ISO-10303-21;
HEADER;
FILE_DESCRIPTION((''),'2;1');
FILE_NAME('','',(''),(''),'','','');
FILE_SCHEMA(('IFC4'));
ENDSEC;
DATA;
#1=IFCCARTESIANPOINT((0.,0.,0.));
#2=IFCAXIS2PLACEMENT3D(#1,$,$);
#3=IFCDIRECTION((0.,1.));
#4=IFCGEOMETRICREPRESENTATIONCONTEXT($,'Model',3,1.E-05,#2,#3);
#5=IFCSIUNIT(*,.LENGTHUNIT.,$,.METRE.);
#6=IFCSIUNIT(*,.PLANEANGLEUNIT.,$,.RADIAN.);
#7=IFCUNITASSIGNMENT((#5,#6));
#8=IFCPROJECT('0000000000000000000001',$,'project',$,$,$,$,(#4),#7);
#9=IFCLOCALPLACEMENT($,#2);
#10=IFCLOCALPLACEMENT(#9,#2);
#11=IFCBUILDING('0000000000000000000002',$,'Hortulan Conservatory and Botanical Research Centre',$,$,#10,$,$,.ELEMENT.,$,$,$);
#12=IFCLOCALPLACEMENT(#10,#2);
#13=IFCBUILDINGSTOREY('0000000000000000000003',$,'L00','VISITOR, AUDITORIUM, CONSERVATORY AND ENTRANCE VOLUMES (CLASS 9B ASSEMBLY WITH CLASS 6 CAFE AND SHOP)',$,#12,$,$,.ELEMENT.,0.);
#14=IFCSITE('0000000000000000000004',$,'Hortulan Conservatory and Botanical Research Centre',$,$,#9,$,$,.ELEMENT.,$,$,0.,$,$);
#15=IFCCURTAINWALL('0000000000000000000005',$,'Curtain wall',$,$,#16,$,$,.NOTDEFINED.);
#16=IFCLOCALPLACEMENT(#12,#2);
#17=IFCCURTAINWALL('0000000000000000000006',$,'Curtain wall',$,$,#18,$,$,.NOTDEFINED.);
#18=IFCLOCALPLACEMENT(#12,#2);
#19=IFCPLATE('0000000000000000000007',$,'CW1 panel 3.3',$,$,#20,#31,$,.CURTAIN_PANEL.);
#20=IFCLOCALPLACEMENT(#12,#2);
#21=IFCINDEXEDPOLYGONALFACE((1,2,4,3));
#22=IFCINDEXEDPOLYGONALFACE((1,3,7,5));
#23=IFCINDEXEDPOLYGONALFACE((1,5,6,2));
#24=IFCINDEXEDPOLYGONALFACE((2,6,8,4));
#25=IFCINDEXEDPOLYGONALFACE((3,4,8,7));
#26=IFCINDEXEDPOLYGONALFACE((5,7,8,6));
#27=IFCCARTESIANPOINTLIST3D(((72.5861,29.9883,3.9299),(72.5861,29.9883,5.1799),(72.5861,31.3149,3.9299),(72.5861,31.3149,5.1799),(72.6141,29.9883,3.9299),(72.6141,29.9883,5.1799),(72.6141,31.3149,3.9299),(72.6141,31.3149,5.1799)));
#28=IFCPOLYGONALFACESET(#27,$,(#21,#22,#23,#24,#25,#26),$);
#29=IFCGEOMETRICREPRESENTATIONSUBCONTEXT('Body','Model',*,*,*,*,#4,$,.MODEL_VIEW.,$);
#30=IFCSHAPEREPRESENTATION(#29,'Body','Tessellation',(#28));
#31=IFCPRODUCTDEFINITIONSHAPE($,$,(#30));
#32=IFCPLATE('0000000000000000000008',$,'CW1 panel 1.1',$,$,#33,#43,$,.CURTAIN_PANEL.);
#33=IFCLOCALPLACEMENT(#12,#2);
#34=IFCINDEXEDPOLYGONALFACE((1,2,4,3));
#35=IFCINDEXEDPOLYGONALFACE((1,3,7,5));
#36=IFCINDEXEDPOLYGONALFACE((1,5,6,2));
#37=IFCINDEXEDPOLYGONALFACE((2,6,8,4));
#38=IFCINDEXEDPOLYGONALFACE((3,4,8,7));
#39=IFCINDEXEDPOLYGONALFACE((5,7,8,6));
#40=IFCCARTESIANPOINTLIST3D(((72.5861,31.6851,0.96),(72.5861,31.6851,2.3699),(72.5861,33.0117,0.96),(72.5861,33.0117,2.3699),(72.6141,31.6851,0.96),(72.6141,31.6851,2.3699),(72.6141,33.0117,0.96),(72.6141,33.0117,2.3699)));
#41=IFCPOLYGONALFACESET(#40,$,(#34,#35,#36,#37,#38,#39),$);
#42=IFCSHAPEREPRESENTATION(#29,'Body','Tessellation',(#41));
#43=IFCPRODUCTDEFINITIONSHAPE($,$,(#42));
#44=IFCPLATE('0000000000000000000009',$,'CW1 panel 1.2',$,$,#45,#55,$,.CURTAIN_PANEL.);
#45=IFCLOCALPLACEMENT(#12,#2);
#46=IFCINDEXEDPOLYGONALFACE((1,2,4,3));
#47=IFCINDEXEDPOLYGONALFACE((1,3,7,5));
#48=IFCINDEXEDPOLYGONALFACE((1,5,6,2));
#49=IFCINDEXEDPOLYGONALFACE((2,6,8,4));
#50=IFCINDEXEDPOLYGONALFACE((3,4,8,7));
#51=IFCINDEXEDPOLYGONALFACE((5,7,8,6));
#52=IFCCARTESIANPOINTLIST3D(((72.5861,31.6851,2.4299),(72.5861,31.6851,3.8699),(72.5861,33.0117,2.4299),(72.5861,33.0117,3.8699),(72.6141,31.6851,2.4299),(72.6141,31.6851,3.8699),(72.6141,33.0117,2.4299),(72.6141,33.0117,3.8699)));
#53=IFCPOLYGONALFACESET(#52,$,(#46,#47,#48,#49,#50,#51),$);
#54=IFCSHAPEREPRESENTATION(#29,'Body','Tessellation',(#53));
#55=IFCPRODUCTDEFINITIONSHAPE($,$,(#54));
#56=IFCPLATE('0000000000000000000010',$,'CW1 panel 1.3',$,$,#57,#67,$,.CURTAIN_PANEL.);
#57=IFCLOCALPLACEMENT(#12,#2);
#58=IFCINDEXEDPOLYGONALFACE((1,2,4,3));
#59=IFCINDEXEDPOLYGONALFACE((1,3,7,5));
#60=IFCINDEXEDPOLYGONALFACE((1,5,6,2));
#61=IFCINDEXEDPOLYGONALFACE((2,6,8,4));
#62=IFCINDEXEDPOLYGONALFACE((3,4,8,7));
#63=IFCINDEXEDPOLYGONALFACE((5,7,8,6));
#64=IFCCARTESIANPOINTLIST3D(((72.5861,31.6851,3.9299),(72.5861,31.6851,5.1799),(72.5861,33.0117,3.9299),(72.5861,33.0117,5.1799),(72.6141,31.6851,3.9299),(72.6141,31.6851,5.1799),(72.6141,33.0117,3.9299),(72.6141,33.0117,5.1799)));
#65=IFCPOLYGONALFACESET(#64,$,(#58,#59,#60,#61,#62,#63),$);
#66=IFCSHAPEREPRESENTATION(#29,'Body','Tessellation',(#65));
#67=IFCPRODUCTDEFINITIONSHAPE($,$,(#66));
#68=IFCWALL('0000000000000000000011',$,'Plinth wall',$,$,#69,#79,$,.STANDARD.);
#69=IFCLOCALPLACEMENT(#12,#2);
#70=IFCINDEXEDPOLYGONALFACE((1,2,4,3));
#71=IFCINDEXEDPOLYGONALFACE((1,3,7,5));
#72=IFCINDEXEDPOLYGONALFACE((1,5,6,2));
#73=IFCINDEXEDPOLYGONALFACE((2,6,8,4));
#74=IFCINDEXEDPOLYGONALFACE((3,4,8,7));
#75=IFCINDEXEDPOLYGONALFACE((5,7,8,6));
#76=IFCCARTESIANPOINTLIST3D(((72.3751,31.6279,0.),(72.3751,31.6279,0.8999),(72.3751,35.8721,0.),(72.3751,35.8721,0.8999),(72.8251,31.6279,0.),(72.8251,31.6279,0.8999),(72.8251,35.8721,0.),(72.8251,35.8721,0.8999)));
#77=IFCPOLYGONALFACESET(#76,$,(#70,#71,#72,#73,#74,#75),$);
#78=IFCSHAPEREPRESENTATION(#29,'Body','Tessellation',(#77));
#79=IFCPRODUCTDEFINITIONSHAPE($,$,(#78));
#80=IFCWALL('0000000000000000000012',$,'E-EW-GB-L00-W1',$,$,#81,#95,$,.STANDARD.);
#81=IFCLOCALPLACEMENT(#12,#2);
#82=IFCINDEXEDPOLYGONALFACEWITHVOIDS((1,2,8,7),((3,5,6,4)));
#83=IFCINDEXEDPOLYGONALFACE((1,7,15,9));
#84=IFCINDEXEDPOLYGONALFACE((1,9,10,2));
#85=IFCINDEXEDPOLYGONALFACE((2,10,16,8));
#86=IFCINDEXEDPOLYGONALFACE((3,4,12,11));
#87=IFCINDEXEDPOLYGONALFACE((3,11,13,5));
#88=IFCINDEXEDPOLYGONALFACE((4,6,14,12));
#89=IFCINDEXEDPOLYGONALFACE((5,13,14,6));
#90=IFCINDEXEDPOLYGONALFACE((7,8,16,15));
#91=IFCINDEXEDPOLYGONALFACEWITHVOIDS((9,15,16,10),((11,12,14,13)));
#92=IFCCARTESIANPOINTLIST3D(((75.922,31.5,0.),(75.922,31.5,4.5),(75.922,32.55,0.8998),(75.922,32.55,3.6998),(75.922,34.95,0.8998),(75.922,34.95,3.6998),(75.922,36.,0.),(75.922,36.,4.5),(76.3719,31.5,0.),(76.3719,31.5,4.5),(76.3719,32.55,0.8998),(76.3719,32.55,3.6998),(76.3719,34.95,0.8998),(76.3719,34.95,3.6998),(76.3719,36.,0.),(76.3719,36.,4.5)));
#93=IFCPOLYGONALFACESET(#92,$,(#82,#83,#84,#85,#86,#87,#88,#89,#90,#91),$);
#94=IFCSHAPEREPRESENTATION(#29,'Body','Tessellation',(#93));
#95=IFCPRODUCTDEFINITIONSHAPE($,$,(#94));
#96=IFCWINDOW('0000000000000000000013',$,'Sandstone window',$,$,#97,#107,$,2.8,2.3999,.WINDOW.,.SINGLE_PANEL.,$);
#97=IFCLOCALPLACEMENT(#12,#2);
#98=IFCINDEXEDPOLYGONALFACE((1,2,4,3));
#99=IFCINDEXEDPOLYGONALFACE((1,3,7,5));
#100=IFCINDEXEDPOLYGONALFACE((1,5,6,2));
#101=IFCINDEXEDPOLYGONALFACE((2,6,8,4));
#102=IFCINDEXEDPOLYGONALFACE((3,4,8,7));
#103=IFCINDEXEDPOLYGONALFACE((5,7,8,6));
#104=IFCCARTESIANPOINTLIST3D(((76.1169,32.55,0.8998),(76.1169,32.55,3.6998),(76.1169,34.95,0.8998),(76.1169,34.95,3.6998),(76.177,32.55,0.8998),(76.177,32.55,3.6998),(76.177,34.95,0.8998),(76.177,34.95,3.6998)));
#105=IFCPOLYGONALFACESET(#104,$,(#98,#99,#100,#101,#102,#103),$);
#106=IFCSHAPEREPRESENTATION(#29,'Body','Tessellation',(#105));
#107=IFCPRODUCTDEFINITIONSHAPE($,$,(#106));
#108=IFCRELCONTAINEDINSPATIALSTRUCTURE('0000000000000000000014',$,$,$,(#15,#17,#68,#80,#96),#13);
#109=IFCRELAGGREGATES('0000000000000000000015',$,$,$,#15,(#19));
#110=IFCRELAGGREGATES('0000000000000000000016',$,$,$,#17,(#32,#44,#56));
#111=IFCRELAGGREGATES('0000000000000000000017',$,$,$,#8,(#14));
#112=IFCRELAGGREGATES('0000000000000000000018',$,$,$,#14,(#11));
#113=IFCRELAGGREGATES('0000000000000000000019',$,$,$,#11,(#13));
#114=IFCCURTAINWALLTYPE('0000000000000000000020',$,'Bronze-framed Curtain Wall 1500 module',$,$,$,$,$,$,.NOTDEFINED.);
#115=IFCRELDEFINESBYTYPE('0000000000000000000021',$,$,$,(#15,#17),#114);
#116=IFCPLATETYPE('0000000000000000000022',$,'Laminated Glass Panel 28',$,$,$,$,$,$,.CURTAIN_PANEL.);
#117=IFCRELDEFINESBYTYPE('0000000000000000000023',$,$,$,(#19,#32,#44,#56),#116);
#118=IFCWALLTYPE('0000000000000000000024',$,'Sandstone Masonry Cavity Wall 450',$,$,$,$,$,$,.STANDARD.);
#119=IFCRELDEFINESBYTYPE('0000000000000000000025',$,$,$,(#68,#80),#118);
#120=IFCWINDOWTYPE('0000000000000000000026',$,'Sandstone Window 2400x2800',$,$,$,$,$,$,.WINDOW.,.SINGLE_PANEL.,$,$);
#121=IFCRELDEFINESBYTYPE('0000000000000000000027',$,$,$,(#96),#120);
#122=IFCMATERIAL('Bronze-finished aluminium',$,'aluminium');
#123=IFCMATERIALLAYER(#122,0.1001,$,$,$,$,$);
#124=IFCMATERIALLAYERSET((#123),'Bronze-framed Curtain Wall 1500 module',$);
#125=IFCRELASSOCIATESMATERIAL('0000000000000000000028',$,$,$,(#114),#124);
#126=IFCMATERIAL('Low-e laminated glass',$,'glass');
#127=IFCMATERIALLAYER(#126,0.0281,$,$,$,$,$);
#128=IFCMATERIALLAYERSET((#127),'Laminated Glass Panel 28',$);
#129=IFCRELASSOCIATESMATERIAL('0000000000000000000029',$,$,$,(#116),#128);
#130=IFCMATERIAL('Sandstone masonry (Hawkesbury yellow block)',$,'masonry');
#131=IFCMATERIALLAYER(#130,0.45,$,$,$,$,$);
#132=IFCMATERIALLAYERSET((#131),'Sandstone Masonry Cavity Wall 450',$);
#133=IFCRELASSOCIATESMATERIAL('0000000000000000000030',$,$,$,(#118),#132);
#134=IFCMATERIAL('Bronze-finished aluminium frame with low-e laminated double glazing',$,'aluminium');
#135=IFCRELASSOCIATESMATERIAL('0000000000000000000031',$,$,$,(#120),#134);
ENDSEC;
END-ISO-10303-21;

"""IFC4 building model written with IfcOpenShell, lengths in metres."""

from ifc_helpers import new_model, si_unit, direction, frame, frame_2d, origin, origin_2d, place, context, subcontext, project, spatial, rectangle, extrude, material, layer, layer_set, type_object, element, fill, aggregate, save


model = new_model("IFC4")

# Units and contexts
model_context = context("Model", 3, precision=1e-05, world=origin(), true_north=direction((0.0, 1.0)))
body_context = subcontext(model_context, "Body", "Model", "MODEL_VIEW")
ifc_project = project(units=[si_unit("LENGTHUNIT", "METRE"), si_unit("PLANEANGLEUNIT", "RADIAN")], contexts=[model_context])

# Site, building, storey
site_placement = place(None, origin())
site = spatial("IfcSite", under=ifc_project, at=site_placement, Name="Hortulan Conservatory and Botanical Research Centre", CompositionType="ELEMENT", RefElevation=0.0)
building_placement = place(site_placement, origin())
building = spatial("IfcBuilding", under=site, at=building_placement, Name="Hortulan Conservatory and Botanical Research Centre", CompositionType="ELEMENT")
storey_placement = place(building_placement, origin())
storey = spatial("IfcBuildingStorey", under=building, at=storey_placement, Name="L00", Description="VISITOR, AUDITORIUM, CONSERVATORY AND ENTRANCE VOLUMES (CLASS 9B ASSEMBLY WITH CLASS 6 CAFE AND SHOP)", CompositionType="ELEMENT", Elevation=0.0)

# Curtain walls
ifc_material_1 = material(Name="Bronze-finished aluminium", Category="aluminium")
ifc_layer_1 = layer(ifc_material_1, 0.1001)
ifc_layer_set_1 = layer_set([ifc_layer_1], Name="Bronze-framed Curtain Wall 1500 module")
curtain_wall_type = type_object("IfcCurtainWallType", Name="Bronze-framed Curtain Wall 1500 module", PredefinedType="NOTDEFINED", material=ifc_layer_set_1)
curtain_wall_1_placement = place(storey_placement, origin())
curtain_wall_1 = element("IfcCurtainWall", 1, at=curtain_wall_1_placement, inside=storey, type_object=curtain_wall_type, Name="Curtain wall", PredefinedType="NOTDEFINED")
curtain_wall_2_placement = place(storey_placement, origin())
curtain_wall_2 = element("IfcCurtainWall", 2, at=curtain_wall_2_placement, inside=storey, type_object=curtain_wall_type, Name="Curtain wall", PredefinedType="NOTDEFINED")

# Plates
ifc_material_2 = material(Name="Low-e laminated glass", Category="glass")
ifc_layer_2 = layer(ifc_material_2, 0.0281)
ifc_layer_set_2 = layer_set([ifc_layer_2], Name="Laminated Glass Panel 28")
plate_type = type_object("IfcPlateType", Name="Laminated Glass Panel 28", PredefinedType="CURTAIN_PANEL", material=ifc_layer_set_2)
plate_1_placement = place(storey_placement, frame((72.6001, 30.6516, 3.9299), z_axis=(0.0, 0.0, 1.0), x_axis=(0.0, 1.0, 0.0)))
plate_1 = element("IfcPlate", 3, at=plate_1_placement, type_object=plate_type, Name="CW1 panel 3.3", PredefinedType="CURTAIN_PANEL", context=body_context, shape_type="SweptSolid", body=[
    extrude(rectangle(XDim=1.3267, YDim=0.0281, at=origin_2d()), origin(), (0.0, 0.0, 1.0), 1.25),
])
aggregate(curtain_wall_1, [plate_1])
plate_2_placement = place(storey_placement, frame((72.6001, 32.3484, 0.96), z_axis=(0.0, 0.0, 1.0), x_axis=(0.0, 1.0, 0.0)))
plate_2 = element("IfcPlate", 4, at=plate_2_placement, type_object=plate_type, Name="CW1 panel 1.1", PredefinedType="CURTAIN_PANEL", context=body_context, shape_type="SweptSolid", body=[
    extrude(rectangle(XDim=1.3267, YDim=0.0281, at=origin_2d()), origin(), (0.0, 0.0, 1.0), 1.4099),
])
plate_3_placement = place(storey_placement, frame((72.6001, 32.3484, 2.4299), z_axis=(0.0, 0.0, 1.0), x_axis=(0.0, 1.0, 0.0)))
plate_3 = element("IfcPlate", 5, at=plate_3_placement, type_object=plate_type, Name="CW1 panel 1.2", PredefinedType="CURTAIN_PANEL", context=body_context, shape_type="SweptSolid", body=[
    extrude(rectangle(XDim=1.3267, YDim=0.0281, at=origin_2d()), origin(), (0.0, 0.0, 1.0), 1.4399),
])
plate_4_placement = place(storey_placement, frame((72.6001, 32.3484, 3.9299), z_axis=(0.0, 0.0, 1.0), x_axis=(0.0, 1.0, 0.0)))
plate_4 = element("IfcPlate", 6, at=plate_4_placement, type_object=plate_type, Name="CW1 panel 1.3", PredefinedType="CURTAIN_PANEL", context=body_context, shape_type="SweptSolid", body=[
    extrude(rectangle(XDim=1.3267, YDim=0.0281, at=origin_2d()), origin(), (0.0, 0.0, 1.0), 1.25),
])
aggregate(curtain_wall_2, [plate_2, plate_3, plate_4])

# Wall
ifc_material_3 = material(Name="Sandstone masonry (Hawkesbury yellow block)", Category="masonry")
ifc_layer_3 = layer(ifc_material_3, 0.45)
ifc_layer_set_3 = layer_set([ifc_layer_3], Name="Sandstone Masonry Cavity Wall 450")
wall_type = type_object("IfcWallType", Name="Sandstone Masonry Cavity Wall 450", PredefinedType="STANDARD", material=ifc_layer_set_3)
wall_1_placement = place(storey_placement, frame((72.6001, 31.6279, 0.0), z_axis=(0.0, 0.0, 1.0), x_axis=(0.0, 1.0, 0.0)))
element("IfcWall", 7, at=wall_1_placement, inside=storey, type_object=wall_type, Name="Plinth wall", PredefinedType="STANDARD", context=body_context, shape_type="SweptSolid", body=[
    extrude(rectangle(XDim=4.2441, YDim=0.45, at=frame_2d((2.1221, 0.0))), origin(), (0.0, 0.0, 1.0), 0.8999),
])

# Wall, opening, window
wall_2_placement = place(storey_placement, frame((76.147, 31.5, 0.0), z_axis=(0.0, 0.0, 1.0), x_axis=(0.0, 1.0, 0.0)))
wall_2 = element("IfcWall", 8, at=wall_2_placement, inside=storey, type_object=wall_type, Name="E-EW-GB-L00-W1", PredefinedType="STANDARD", context=body_context, shape_type="SweptSolid", body=[
    extrude(rectangle(XDim=4.5, YDim=0.45, at=frame_2d((2.25, 0.0))), origin(), (0.0, 0.0, 1.0), 4.5),
])
opening_placement = place(wall_2_placement, frame((1.05, 0.0, 0.8999)))
opening = element("IfcOpeningElement", 9, at=opening_placement, cuts=wall_2, PredefinedType="OPENING", context=body_context, shape_type="SweptSolid", body=[
    extrude(rectangle(XDim=2.3999, YDim=2.8, at=frame_2d((1.2, 1.3999))), frame((0.0, 0.2349, 0.0), z_axis=(0.0, -1.0, 0.0), x_axis=(1.0, 0.0, 0.0)), (0.0, 0.0, 1.0), 0.47),
])
ifc_material_4 = material(Name="Bronze-finished aluminium frame with low-e laminated double glazing", Category="aluminium")
window_type = type_object("IfcWindowType", Name="Sandstone Window 2400x2800", PartitioningType="SINGLE_PANEL", PredefinedType="WINDOW", material=ifc_material_4)
window_placement = place(opening_placement, origin())
window = element("IfcWindow", 10, at=window_placement, inside=storey, type_object=window_type, Name="Sandstone window", OverallHeight=2.8, OverallWidth=2.3999, PartitioningType="SINGLE_PANEL", PredefinedType="WINDOW", context=body_context, shape_type="SweptSolid", body=[
    extrude(rectangle(XDim=2.3999, YDim=2.8, at=frame_2d((1.2, 1.3999))), frame((0.0, 0.03, 0.0), z_axis=(0.0, -1.0, 0.0), x_axis=(1.0, 0.0, 0.0)), (0.0, 0.0, 1.0), 0.0601),
])
fill(opening, window)

save(model, "model.ifc")
